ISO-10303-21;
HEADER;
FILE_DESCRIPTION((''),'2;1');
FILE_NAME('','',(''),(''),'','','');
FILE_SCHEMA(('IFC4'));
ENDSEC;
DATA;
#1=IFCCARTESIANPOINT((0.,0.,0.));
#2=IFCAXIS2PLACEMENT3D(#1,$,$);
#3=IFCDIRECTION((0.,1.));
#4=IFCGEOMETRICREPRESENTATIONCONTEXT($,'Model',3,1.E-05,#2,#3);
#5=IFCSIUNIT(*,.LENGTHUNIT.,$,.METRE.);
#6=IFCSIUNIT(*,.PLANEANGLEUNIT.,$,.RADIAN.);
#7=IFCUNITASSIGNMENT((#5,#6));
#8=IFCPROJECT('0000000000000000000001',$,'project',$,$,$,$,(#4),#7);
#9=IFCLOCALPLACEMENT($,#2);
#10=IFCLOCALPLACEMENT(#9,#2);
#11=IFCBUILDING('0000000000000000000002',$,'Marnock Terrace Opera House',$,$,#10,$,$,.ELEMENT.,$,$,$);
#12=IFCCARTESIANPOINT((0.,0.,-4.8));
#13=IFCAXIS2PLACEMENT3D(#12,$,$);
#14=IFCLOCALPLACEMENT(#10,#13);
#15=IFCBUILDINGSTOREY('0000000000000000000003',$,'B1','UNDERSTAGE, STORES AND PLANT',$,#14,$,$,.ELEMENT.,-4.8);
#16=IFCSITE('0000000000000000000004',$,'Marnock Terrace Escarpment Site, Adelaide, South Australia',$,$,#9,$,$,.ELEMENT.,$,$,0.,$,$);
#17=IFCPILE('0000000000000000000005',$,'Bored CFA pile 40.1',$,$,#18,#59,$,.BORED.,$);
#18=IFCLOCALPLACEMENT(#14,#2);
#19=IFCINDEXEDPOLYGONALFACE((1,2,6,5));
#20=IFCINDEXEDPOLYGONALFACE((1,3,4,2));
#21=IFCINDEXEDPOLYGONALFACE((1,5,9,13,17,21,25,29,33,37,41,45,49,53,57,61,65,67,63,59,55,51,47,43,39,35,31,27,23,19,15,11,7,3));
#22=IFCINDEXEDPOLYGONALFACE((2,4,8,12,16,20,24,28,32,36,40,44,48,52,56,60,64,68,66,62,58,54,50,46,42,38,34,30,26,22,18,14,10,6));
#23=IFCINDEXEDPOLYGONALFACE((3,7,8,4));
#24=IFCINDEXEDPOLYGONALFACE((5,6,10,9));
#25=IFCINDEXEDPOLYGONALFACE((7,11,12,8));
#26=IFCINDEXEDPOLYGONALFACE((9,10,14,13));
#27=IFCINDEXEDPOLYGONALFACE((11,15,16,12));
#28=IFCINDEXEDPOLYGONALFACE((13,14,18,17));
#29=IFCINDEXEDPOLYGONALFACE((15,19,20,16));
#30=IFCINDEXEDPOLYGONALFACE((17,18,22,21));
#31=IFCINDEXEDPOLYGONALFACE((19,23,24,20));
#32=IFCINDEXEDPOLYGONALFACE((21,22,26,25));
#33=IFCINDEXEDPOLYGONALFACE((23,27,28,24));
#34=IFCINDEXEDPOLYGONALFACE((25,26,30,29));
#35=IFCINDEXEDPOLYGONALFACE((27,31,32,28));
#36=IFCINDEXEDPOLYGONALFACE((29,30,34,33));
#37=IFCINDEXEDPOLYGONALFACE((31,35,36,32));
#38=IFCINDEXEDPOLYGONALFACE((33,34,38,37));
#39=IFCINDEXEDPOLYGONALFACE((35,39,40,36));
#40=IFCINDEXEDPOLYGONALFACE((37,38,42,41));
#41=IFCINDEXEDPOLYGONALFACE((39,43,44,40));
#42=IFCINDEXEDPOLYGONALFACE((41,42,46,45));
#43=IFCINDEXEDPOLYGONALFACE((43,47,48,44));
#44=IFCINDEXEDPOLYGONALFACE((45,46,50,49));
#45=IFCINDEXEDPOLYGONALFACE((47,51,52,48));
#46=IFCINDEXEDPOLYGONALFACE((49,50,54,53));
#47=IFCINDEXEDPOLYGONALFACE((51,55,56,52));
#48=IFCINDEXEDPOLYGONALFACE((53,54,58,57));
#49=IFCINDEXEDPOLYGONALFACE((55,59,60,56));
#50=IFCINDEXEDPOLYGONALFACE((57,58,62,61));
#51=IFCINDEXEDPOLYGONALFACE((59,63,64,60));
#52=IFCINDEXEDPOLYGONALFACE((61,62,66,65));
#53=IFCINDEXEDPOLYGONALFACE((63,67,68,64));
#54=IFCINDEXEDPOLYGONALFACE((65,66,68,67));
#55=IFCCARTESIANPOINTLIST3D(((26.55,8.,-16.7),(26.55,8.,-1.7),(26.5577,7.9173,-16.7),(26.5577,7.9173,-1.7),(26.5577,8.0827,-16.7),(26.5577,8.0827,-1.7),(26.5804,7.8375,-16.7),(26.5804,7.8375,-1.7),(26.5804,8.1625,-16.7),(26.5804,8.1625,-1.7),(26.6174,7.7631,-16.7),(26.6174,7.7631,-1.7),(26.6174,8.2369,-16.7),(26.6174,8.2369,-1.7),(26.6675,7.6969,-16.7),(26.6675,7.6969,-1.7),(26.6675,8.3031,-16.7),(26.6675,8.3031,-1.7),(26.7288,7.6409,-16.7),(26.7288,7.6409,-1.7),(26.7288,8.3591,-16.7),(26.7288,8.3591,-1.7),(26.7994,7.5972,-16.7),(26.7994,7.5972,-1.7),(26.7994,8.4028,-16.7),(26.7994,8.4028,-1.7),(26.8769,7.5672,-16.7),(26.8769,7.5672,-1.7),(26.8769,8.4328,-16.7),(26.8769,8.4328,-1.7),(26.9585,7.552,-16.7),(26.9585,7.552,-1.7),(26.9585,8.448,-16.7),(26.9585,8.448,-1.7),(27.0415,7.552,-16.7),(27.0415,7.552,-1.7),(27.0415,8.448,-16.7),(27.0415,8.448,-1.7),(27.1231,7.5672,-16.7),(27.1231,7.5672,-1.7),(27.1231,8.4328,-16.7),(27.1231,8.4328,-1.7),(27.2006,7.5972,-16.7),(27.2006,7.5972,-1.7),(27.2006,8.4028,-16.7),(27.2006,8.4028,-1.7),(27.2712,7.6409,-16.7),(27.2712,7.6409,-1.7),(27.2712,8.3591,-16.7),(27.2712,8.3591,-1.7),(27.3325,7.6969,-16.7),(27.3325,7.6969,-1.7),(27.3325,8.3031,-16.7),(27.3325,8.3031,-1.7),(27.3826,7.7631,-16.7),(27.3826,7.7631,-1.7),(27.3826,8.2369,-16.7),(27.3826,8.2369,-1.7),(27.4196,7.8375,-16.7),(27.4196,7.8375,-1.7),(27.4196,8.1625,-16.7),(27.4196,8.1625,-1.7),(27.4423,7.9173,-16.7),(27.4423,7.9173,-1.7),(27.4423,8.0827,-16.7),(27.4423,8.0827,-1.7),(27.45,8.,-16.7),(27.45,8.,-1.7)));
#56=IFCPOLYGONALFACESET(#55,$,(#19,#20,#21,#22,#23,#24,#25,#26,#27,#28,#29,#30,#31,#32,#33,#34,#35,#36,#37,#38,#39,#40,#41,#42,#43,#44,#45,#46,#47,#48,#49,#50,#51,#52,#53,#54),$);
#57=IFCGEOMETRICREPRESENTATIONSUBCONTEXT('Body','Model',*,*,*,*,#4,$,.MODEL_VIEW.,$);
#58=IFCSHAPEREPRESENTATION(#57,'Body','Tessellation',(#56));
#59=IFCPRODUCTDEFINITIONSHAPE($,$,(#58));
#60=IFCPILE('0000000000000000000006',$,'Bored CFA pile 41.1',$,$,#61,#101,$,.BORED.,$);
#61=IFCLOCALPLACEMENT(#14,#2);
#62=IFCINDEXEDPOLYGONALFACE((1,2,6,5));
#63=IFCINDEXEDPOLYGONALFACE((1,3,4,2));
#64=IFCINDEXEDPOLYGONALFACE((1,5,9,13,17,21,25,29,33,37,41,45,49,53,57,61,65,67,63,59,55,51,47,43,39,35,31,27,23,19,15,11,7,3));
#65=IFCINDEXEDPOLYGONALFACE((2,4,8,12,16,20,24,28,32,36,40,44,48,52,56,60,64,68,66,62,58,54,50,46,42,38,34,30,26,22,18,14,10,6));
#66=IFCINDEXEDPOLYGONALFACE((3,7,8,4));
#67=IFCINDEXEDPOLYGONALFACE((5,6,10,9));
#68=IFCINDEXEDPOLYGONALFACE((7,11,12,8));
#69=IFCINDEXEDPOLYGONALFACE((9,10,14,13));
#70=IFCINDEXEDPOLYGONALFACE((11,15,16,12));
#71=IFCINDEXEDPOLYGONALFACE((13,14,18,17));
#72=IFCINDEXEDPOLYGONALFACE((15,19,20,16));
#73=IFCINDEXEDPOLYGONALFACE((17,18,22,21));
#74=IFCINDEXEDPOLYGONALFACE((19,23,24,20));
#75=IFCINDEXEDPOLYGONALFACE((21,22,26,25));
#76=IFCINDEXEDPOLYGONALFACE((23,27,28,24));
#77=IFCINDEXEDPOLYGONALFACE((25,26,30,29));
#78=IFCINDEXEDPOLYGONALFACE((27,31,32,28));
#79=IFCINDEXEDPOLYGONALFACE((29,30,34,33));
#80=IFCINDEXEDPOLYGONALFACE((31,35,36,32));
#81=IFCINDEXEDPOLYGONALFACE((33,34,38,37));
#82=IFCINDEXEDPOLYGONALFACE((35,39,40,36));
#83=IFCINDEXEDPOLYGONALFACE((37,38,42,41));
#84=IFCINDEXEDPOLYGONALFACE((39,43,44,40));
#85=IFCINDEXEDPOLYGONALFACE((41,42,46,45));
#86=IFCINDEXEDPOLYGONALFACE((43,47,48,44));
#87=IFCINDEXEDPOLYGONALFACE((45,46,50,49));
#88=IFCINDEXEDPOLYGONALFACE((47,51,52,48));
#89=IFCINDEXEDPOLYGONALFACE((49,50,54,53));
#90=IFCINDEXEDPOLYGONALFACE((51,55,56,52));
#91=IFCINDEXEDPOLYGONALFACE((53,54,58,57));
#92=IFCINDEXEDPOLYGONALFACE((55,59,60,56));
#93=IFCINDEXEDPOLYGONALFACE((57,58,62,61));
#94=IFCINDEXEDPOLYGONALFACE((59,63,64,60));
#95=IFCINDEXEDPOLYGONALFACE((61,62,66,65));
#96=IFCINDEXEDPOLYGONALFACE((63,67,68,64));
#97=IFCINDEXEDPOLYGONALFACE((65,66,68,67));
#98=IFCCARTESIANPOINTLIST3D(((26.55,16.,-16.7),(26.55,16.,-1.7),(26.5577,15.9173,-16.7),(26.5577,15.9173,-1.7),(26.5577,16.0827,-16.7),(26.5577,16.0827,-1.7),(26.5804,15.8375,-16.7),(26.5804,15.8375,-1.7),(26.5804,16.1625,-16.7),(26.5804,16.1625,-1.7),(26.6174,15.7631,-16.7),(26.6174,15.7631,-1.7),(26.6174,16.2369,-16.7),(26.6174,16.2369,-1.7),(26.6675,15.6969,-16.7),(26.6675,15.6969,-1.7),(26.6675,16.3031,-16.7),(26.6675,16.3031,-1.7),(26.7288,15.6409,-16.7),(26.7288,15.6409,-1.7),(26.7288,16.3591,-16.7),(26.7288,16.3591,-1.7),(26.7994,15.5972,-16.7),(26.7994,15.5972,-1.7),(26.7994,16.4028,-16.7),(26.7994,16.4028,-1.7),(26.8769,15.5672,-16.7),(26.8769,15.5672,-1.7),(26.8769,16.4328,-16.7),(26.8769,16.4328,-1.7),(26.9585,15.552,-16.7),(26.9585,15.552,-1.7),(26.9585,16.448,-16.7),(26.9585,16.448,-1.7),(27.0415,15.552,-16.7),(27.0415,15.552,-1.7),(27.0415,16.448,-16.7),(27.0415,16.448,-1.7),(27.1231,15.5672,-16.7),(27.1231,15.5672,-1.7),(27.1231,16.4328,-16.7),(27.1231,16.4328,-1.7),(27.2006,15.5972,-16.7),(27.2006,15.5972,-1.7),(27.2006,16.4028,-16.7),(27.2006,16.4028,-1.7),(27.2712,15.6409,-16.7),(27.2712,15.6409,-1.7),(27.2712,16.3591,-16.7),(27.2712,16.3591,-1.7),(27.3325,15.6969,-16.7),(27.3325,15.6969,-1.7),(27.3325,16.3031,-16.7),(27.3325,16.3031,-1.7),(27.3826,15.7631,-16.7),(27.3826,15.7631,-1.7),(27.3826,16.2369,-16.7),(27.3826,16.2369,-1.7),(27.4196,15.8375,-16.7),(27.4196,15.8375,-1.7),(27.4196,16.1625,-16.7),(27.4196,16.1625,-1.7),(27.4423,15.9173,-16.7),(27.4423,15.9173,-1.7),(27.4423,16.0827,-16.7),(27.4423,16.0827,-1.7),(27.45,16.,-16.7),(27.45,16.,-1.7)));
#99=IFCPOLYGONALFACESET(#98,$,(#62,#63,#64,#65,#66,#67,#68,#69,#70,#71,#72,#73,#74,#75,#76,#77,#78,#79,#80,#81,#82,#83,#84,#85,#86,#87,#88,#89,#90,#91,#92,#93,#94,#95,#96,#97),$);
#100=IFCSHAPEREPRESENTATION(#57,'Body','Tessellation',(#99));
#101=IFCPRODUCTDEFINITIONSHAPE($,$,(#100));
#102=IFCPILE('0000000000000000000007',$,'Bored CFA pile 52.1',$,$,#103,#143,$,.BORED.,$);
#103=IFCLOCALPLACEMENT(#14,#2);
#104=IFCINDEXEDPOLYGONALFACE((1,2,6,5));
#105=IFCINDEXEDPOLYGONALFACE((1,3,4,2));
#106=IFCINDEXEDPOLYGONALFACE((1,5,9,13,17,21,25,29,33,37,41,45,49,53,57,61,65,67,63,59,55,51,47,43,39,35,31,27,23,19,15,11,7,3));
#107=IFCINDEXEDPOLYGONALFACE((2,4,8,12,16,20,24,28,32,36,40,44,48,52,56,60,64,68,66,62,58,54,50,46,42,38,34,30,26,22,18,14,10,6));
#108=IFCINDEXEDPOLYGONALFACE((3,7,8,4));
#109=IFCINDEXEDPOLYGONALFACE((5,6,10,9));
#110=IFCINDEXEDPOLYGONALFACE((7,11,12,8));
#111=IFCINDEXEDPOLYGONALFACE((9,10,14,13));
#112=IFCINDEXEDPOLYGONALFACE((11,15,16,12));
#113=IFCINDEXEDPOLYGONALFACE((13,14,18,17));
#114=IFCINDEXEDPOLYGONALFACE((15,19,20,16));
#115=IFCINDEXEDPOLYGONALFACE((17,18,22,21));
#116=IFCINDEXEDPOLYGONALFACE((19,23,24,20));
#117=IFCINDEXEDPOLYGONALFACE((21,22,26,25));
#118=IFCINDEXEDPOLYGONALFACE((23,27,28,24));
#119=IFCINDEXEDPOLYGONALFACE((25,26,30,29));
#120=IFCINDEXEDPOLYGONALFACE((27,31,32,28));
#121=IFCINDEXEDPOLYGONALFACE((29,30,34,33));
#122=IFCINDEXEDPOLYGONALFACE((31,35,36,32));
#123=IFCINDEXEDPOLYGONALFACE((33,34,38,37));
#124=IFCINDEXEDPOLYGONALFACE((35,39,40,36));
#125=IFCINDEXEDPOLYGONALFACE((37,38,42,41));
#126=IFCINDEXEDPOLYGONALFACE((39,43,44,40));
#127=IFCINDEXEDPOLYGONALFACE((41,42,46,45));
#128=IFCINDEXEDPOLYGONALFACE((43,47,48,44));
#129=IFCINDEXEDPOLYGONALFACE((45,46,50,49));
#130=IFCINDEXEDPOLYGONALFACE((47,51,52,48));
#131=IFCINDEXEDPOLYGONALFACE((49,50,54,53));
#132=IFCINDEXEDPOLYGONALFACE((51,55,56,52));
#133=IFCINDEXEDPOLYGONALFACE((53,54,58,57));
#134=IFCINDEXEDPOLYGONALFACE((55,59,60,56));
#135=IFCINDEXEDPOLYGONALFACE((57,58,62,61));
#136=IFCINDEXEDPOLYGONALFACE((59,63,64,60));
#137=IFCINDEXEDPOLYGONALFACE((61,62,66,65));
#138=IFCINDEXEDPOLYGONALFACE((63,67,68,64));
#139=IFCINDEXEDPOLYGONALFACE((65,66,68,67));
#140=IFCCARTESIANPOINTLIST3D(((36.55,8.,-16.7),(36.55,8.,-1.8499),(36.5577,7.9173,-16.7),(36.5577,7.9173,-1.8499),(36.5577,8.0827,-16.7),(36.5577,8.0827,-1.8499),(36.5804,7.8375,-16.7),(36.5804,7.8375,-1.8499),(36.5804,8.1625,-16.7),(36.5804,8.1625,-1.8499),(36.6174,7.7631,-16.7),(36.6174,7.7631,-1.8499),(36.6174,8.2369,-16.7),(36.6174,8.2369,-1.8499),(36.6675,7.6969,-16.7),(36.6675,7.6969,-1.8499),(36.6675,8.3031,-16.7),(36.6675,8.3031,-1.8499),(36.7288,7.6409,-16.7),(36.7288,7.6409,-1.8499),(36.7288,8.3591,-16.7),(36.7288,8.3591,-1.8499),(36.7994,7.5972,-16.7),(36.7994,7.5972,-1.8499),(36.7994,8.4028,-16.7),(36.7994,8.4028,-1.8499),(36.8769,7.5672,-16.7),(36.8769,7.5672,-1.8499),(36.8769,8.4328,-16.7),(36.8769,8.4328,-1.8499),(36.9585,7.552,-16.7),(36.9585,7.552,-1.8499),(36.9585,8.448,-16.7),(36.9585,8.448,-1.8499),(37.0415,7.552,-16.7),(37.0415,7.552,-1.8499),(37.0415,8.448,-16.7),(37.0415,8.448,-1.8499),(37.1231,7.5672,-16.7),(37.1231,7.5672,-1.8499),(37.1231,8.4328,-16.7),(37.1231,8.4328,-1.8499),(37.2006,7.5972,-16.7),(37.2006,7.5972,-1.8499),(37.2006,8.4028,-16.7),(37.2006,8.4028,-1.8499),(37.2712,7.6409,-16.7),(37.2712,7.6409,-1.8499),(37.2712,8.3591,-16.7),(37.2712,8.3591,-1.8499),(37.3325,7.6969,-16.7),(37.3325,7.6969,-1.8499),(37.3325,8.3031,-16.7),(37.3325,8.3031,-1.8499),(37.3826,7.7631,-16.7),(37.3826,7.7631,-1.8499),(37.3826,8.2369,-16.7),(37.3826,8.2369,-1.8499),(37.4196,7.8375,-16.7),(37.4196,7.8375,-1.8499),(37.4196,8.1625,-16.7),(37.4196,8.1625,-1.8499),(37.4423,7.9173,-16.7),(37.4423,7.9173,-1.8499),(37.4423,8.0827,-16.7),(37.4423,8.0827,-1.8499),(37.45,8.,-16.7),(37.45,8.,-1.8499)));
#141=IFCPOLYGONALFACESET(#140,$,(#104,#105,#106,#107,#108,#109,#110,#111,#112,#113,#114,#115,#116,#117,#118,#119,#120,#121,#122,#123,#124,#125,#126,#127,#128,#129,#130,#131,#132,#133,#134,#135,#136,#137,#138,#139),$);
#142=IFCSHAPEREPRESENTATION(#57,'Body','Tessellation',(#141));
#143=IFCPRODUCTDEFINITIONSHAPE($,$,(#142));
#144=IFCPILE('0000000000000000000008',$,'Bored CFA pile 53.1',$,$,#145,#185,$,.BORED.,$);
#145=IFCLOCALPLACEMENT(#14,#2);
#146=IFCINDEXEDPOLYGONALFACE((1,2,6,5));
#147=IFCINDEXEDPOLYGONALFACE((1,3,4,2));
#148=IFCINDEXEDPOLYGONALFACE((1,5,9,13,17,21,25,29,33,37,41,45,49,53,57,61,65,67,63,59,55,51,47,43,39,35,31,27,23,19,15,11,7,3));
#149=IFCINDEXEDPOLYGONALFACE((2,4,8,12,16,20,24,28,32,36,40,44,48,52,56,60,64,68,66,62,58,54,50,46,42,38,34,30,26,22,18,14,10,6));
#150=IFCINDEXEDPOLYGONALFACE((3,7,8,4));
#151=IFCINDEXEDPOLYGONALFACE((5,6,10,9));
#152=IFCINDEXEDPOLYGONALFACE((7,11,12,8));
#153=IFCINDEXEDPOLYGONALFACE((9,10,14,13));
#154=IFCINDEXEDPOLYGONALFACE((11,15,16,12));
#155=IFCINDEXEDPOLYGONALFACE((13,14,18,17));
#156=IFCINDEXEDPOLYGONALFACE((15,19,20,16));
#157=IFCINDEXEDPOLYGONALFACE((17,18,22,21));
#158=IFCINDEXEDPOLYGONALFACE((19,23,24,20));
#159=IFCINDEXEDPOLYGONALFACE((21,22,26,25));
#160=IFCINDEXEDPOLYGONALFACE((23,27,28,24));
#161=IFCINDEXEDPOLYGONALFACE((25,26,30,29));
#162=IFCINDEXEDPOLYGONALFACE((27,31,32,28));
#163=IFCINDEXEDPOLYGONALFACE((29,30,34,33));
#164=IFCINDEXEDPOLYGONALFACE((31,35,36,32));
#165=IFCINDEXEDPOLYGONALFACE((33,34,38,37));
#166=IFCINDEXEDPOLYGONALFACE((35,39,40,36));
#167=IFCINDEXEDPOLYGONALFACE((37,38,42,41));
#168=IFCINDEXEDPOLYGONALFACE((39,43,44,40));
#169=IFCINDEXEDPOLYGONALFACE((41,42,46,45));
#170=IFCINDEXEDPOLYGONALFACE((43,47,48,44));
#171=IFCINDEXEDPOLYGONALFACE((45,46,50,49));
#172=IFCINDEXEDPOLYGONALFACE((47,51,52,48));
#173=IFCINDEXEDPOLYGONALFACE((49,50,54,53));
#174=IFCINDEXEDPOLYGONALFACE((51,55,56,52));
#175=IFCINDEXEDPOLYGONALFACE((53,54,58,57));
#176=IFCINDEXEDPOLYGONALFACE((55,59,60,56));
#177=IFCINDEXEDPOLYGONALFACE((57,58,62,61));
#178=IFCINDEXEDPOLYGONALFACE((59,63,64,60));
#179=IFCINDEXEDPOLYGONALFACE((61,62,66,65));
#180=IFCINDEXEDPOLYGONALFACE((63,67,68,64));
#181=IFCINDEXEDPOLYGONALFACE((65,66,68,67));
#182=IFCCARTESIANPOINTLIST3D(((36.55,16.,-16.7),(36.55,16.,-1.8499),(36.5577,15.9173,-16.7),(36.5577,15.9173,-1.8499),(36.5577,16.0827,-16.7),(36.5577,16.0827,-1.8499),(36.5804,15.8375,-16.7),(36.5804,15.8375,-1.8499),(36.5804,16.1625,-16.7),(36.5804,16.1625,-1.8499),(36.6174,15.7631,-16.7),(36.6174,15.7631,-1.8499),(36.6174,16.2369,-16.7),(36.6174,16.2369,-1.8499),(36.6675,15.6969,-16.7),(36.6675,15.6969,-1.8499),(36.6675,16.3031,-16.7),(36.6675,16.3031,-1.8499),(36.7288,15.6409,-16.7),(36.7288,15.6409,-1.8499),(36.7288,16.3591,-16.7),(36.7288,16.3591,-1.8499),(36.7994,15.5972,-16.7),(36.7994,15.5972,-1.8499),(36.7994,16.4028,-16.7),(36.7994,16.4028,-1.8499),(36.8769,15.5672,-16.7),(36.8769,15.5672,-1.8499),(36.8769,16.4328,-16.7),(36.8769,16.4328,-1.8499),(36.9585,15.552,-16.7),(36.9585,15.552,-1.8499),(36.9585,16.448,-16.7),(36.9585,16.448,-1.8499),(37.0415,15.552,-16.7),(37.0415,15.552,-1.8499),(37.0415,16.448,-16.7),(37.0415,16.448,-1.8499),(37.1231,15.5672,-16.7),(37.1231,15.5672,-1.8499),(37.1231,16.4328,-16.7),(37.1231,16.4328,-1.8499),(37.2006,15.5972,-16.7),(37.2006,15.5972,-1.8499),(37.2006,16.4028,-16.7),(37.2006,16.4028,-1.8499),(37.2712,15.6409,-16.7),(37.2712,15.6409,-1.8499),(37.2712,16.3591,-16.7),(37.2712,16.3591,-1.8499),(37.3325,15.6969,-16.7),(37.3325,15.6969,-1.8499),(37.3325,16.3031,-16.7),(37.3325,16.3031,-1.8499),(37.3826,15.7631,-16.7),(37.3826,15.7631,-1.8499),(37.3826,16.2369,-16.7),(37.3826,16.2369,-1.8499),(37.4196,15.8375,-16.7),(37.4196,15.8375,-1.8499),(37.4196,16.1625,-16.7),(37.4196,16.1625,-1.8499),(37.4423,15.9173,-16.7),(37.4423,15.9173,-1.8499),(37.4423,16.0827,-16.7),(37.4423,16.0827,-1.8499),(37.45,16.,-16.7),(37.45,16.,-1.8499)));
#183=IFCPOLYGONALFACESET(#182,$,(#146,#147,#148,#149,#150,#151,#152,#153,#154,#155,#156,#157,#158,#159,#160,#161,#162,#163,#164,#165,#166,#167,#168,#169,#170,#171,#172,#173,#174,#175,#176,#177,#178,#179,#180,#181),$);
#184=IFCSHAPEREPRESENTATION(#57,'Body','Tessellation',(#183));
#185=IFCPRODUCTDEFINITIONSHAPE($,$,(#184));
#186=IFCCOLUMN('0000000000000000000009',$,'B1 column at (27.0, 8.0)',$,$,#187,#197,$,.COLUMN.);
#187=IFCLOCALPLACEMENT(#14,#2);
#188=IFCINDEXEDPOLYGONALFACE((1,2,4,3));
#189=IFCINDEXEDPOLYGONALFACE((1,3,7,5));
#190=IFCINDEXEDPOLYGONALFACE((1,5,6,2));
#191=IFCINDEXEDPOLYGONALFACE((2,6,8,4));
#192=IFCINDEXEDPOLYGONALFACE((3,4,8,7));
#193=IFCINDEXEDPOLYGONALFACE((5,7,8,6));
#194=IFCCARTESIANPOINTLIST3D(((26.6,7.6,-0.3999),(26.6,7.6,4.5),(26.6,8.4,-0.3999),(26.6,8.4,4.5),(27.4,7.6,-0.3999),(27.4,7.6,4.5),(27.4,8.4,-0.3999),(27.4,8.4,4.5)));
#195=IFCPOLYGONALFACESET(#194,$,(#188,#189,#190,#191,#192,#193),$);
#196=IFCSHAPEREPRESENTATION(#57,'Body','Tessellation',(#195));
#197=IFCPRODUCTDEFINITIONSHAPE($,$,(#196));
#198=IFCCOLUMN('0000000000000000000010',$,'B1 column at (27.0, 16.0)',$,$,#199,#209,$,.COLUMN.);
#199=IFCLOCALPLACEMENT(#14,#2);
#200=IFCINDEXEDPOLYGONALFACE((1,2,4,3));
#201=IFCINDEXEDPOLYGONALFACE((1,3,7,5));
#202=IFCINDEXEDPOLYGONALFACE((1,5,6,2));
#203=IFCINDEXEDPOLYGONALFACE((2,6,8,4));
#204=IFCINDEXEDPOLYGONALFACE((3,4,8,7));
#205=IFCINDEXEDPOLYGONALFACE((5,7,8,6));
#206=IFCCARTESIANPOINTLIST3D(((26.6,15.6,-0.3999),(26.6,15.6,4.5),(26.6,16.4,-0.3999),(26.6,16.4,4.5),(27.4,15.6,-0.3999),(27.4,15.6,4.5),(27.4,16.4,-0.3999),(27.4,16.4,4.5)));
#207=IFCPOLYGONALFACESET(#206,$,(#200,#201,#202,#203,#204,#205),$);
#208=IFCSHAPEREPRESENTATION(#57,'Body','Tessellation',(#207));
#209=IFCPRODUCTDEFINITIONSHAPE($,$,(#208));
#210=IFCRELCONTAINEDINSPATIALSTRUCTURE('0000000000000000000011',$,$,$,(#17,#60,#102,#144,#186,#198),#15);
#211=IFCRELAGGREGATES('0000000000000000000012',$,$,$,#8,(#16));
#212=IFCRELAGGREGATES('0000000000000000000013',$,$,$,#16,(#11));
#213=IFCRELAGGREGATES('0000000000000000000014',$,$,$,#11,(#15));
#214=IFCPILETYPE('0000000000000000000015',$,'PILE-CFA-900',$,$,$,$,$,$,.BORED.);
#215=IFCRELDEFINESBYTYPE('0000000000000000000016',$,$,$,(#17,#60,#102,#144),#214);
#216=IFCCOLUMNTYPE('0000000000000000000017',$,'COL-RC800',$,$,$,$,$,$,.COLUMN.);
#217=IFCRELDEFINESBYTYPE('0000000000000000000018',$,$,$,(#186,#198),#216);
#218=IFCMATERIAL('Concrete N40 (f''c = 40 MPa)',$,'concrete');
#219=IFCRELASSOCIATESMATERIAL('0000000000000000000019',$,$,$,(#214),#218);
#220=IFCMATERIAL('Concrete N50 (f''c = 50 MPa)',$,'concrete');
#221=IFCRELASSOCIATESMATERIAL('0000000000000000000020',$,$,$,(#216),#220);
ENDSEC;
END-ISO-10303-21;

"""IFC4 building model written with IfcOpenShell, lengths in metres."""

from ifc_helpers import new_model, si_unit, direction, frame, origin, origin_2d, place, context, subcontext, project, spatial, rectangle, circle, extrude, material, material_profile, profile_set, type_object, element, save


model = new_model("IFC4")

# Units and contexts
model_context = context("Model", 3, precision=1e-05, world=origin(), true_north=direction((0.0, 1.0)))
body_context = subcontext(model_context, "Body", "Model", "MODEL_VIEW")
ifc_project = project(units=[si_unit("LENGTHUNIT", "METRE"), si_unit("PLANEANGLEUNIT", "RADIAN")], contexts=[model_context])

# Site, building, storey
site_placement = place(None, origin())
site = spatial("IfcSite", under=ifc_project, at=site_placement, Name="Marnock Terrace Escarpment Site, Adelaide, South Australia", CompositionType="ELEMENT", RefElevation=0.0)
building_placement = place(site_placement, origin())
building = spatial("IfcBuilding", under=site, at=building_placement, Name="Marnock Terrace Opera House", CompositionType="ELEMENT")
storey_placement = place(building_placement, frame((0.0, 0.0, -4.8)))
storey = spatial("IfcBuildingStorey", under=building, at=storey_placement, Name="B1", Description="UNDERSTAGE, STORES AND PLANT", CompositionType="ELEMENT", Elevation=-4.8)

# Shared definitions
ifc_material_1 = material(Name="Concrete N40 (f'c = 40 MPa)", Category="concrete")

# Piles
ifc_material_profile_1 = material_profile(ifc_material_1, circle(Radius=0.45, at=origin_2d()))
ifc_profile_set_1 = profile_set([ifc_material_profile_1], Name="Concrete N40 (f'c = 40 MPa)")
pile_type = type_object("IfcPileType", Name="PILE-CFA-900", PredefinedType="BORED", material=ifc_profile_set_1)
for number, where, z_axis, x_axis, name in (
    (1, (27.0, 8.0, -1.7), (0.0, 0.0, -1.0), (1.0, 0.0, 0.0), "Bored CFA pile 40.1"),
    (2, (27.0, 16.0, -1.7), (0.0, 0.0, -1.0), (1.0, 0.0, 0.0), "Bored CFA pile 41.1"),
):
    element("IfcPile", number, at=place(storey_placement, frame(where, z_axis=z_axis, x_axis=x_axis)), inside=storey, type_object=pile_type, Name=name, PredefinedType="BORED", context=body_context, shape_type="SweptSolid", body=[
        extrude(circle(Radius=0.45, at=origin_2d()), origin(), (0.0, 0.0, 1.0), 15.0),
    ])
for number, where, z_axis, x_axis, name in (
    (3, (37.0, 8.0, -1.8499), (0.0, 0.0, -1.0), (1.0, 0.0, 0.0), "Bored CFA pile 52.1"),
    (4, (37.0, 16.0, -1.8499), (0.0, 0.0, -1.0), (1.0, 0.0, 0.0), "Bored CFA pile 53.1"),
):
    element("IfcPile", number, at=place(storey_placement, frame(where, z_axis=z_axis, x_axis=x_axis)), inside=storey, type_object=pile_type, Name=name, PredefinedType="BORED", context=body_context, shape_type="SweptSolid", body=[
        extrude(circle(Radius=0.45, at=origin_2d()), origin(), (0.0, 0.0, 1.0), 14.8501),
    ])

# Columns
ifc_material_2 = material(Name="Concrete N50 (f'c = 50 MPa)", Category="concrete")
ifc_material_profile_2 = material_profile(ifc_material_2, rectangle(XDim=0.8, YDim=0.8, at=origin_2d()))
ifc_profile_set_2 = profile_set([ifc_material_profile_2], Name="Concrete N50 (f'c = 50 MPa)")
column_type_1 = type_object("IfcColumnType", Name="COL-RC800", PredefinedType="COLUMN", material=ifc_profile_set_2)
for number, where, z_axis, x_axis, name in (
    (5, (27.0, 8.0, -0.3999), (0.0, 0.0, 1.0), (1.0, 0.0, 0.0), "B1 column at (27.0, 8.0)"),
    (6, (27.0, 16.0, -0.3999), (0.0, 0.0, 1.0), (1.0, 0.0, 0.0), "B1 column at (27.0, 16.0)"),
):
    element("IfcColumn", number, at=place(storey_placement, frame(where, z_axis=z_axis, x_axis=x_axis)), inside=storey, type_object=column_type_1, Name=name, PredefinedType="COLUMN", context=body_context, shape_type="SweptSolid", body=[
        extrude(rectangle(XDim=0.8, YDim=0.8, at=origin_2d()), origin(), (0.0, 0.0, 1.0), 4.8999),
    ])

save(model, "model.ifc")
